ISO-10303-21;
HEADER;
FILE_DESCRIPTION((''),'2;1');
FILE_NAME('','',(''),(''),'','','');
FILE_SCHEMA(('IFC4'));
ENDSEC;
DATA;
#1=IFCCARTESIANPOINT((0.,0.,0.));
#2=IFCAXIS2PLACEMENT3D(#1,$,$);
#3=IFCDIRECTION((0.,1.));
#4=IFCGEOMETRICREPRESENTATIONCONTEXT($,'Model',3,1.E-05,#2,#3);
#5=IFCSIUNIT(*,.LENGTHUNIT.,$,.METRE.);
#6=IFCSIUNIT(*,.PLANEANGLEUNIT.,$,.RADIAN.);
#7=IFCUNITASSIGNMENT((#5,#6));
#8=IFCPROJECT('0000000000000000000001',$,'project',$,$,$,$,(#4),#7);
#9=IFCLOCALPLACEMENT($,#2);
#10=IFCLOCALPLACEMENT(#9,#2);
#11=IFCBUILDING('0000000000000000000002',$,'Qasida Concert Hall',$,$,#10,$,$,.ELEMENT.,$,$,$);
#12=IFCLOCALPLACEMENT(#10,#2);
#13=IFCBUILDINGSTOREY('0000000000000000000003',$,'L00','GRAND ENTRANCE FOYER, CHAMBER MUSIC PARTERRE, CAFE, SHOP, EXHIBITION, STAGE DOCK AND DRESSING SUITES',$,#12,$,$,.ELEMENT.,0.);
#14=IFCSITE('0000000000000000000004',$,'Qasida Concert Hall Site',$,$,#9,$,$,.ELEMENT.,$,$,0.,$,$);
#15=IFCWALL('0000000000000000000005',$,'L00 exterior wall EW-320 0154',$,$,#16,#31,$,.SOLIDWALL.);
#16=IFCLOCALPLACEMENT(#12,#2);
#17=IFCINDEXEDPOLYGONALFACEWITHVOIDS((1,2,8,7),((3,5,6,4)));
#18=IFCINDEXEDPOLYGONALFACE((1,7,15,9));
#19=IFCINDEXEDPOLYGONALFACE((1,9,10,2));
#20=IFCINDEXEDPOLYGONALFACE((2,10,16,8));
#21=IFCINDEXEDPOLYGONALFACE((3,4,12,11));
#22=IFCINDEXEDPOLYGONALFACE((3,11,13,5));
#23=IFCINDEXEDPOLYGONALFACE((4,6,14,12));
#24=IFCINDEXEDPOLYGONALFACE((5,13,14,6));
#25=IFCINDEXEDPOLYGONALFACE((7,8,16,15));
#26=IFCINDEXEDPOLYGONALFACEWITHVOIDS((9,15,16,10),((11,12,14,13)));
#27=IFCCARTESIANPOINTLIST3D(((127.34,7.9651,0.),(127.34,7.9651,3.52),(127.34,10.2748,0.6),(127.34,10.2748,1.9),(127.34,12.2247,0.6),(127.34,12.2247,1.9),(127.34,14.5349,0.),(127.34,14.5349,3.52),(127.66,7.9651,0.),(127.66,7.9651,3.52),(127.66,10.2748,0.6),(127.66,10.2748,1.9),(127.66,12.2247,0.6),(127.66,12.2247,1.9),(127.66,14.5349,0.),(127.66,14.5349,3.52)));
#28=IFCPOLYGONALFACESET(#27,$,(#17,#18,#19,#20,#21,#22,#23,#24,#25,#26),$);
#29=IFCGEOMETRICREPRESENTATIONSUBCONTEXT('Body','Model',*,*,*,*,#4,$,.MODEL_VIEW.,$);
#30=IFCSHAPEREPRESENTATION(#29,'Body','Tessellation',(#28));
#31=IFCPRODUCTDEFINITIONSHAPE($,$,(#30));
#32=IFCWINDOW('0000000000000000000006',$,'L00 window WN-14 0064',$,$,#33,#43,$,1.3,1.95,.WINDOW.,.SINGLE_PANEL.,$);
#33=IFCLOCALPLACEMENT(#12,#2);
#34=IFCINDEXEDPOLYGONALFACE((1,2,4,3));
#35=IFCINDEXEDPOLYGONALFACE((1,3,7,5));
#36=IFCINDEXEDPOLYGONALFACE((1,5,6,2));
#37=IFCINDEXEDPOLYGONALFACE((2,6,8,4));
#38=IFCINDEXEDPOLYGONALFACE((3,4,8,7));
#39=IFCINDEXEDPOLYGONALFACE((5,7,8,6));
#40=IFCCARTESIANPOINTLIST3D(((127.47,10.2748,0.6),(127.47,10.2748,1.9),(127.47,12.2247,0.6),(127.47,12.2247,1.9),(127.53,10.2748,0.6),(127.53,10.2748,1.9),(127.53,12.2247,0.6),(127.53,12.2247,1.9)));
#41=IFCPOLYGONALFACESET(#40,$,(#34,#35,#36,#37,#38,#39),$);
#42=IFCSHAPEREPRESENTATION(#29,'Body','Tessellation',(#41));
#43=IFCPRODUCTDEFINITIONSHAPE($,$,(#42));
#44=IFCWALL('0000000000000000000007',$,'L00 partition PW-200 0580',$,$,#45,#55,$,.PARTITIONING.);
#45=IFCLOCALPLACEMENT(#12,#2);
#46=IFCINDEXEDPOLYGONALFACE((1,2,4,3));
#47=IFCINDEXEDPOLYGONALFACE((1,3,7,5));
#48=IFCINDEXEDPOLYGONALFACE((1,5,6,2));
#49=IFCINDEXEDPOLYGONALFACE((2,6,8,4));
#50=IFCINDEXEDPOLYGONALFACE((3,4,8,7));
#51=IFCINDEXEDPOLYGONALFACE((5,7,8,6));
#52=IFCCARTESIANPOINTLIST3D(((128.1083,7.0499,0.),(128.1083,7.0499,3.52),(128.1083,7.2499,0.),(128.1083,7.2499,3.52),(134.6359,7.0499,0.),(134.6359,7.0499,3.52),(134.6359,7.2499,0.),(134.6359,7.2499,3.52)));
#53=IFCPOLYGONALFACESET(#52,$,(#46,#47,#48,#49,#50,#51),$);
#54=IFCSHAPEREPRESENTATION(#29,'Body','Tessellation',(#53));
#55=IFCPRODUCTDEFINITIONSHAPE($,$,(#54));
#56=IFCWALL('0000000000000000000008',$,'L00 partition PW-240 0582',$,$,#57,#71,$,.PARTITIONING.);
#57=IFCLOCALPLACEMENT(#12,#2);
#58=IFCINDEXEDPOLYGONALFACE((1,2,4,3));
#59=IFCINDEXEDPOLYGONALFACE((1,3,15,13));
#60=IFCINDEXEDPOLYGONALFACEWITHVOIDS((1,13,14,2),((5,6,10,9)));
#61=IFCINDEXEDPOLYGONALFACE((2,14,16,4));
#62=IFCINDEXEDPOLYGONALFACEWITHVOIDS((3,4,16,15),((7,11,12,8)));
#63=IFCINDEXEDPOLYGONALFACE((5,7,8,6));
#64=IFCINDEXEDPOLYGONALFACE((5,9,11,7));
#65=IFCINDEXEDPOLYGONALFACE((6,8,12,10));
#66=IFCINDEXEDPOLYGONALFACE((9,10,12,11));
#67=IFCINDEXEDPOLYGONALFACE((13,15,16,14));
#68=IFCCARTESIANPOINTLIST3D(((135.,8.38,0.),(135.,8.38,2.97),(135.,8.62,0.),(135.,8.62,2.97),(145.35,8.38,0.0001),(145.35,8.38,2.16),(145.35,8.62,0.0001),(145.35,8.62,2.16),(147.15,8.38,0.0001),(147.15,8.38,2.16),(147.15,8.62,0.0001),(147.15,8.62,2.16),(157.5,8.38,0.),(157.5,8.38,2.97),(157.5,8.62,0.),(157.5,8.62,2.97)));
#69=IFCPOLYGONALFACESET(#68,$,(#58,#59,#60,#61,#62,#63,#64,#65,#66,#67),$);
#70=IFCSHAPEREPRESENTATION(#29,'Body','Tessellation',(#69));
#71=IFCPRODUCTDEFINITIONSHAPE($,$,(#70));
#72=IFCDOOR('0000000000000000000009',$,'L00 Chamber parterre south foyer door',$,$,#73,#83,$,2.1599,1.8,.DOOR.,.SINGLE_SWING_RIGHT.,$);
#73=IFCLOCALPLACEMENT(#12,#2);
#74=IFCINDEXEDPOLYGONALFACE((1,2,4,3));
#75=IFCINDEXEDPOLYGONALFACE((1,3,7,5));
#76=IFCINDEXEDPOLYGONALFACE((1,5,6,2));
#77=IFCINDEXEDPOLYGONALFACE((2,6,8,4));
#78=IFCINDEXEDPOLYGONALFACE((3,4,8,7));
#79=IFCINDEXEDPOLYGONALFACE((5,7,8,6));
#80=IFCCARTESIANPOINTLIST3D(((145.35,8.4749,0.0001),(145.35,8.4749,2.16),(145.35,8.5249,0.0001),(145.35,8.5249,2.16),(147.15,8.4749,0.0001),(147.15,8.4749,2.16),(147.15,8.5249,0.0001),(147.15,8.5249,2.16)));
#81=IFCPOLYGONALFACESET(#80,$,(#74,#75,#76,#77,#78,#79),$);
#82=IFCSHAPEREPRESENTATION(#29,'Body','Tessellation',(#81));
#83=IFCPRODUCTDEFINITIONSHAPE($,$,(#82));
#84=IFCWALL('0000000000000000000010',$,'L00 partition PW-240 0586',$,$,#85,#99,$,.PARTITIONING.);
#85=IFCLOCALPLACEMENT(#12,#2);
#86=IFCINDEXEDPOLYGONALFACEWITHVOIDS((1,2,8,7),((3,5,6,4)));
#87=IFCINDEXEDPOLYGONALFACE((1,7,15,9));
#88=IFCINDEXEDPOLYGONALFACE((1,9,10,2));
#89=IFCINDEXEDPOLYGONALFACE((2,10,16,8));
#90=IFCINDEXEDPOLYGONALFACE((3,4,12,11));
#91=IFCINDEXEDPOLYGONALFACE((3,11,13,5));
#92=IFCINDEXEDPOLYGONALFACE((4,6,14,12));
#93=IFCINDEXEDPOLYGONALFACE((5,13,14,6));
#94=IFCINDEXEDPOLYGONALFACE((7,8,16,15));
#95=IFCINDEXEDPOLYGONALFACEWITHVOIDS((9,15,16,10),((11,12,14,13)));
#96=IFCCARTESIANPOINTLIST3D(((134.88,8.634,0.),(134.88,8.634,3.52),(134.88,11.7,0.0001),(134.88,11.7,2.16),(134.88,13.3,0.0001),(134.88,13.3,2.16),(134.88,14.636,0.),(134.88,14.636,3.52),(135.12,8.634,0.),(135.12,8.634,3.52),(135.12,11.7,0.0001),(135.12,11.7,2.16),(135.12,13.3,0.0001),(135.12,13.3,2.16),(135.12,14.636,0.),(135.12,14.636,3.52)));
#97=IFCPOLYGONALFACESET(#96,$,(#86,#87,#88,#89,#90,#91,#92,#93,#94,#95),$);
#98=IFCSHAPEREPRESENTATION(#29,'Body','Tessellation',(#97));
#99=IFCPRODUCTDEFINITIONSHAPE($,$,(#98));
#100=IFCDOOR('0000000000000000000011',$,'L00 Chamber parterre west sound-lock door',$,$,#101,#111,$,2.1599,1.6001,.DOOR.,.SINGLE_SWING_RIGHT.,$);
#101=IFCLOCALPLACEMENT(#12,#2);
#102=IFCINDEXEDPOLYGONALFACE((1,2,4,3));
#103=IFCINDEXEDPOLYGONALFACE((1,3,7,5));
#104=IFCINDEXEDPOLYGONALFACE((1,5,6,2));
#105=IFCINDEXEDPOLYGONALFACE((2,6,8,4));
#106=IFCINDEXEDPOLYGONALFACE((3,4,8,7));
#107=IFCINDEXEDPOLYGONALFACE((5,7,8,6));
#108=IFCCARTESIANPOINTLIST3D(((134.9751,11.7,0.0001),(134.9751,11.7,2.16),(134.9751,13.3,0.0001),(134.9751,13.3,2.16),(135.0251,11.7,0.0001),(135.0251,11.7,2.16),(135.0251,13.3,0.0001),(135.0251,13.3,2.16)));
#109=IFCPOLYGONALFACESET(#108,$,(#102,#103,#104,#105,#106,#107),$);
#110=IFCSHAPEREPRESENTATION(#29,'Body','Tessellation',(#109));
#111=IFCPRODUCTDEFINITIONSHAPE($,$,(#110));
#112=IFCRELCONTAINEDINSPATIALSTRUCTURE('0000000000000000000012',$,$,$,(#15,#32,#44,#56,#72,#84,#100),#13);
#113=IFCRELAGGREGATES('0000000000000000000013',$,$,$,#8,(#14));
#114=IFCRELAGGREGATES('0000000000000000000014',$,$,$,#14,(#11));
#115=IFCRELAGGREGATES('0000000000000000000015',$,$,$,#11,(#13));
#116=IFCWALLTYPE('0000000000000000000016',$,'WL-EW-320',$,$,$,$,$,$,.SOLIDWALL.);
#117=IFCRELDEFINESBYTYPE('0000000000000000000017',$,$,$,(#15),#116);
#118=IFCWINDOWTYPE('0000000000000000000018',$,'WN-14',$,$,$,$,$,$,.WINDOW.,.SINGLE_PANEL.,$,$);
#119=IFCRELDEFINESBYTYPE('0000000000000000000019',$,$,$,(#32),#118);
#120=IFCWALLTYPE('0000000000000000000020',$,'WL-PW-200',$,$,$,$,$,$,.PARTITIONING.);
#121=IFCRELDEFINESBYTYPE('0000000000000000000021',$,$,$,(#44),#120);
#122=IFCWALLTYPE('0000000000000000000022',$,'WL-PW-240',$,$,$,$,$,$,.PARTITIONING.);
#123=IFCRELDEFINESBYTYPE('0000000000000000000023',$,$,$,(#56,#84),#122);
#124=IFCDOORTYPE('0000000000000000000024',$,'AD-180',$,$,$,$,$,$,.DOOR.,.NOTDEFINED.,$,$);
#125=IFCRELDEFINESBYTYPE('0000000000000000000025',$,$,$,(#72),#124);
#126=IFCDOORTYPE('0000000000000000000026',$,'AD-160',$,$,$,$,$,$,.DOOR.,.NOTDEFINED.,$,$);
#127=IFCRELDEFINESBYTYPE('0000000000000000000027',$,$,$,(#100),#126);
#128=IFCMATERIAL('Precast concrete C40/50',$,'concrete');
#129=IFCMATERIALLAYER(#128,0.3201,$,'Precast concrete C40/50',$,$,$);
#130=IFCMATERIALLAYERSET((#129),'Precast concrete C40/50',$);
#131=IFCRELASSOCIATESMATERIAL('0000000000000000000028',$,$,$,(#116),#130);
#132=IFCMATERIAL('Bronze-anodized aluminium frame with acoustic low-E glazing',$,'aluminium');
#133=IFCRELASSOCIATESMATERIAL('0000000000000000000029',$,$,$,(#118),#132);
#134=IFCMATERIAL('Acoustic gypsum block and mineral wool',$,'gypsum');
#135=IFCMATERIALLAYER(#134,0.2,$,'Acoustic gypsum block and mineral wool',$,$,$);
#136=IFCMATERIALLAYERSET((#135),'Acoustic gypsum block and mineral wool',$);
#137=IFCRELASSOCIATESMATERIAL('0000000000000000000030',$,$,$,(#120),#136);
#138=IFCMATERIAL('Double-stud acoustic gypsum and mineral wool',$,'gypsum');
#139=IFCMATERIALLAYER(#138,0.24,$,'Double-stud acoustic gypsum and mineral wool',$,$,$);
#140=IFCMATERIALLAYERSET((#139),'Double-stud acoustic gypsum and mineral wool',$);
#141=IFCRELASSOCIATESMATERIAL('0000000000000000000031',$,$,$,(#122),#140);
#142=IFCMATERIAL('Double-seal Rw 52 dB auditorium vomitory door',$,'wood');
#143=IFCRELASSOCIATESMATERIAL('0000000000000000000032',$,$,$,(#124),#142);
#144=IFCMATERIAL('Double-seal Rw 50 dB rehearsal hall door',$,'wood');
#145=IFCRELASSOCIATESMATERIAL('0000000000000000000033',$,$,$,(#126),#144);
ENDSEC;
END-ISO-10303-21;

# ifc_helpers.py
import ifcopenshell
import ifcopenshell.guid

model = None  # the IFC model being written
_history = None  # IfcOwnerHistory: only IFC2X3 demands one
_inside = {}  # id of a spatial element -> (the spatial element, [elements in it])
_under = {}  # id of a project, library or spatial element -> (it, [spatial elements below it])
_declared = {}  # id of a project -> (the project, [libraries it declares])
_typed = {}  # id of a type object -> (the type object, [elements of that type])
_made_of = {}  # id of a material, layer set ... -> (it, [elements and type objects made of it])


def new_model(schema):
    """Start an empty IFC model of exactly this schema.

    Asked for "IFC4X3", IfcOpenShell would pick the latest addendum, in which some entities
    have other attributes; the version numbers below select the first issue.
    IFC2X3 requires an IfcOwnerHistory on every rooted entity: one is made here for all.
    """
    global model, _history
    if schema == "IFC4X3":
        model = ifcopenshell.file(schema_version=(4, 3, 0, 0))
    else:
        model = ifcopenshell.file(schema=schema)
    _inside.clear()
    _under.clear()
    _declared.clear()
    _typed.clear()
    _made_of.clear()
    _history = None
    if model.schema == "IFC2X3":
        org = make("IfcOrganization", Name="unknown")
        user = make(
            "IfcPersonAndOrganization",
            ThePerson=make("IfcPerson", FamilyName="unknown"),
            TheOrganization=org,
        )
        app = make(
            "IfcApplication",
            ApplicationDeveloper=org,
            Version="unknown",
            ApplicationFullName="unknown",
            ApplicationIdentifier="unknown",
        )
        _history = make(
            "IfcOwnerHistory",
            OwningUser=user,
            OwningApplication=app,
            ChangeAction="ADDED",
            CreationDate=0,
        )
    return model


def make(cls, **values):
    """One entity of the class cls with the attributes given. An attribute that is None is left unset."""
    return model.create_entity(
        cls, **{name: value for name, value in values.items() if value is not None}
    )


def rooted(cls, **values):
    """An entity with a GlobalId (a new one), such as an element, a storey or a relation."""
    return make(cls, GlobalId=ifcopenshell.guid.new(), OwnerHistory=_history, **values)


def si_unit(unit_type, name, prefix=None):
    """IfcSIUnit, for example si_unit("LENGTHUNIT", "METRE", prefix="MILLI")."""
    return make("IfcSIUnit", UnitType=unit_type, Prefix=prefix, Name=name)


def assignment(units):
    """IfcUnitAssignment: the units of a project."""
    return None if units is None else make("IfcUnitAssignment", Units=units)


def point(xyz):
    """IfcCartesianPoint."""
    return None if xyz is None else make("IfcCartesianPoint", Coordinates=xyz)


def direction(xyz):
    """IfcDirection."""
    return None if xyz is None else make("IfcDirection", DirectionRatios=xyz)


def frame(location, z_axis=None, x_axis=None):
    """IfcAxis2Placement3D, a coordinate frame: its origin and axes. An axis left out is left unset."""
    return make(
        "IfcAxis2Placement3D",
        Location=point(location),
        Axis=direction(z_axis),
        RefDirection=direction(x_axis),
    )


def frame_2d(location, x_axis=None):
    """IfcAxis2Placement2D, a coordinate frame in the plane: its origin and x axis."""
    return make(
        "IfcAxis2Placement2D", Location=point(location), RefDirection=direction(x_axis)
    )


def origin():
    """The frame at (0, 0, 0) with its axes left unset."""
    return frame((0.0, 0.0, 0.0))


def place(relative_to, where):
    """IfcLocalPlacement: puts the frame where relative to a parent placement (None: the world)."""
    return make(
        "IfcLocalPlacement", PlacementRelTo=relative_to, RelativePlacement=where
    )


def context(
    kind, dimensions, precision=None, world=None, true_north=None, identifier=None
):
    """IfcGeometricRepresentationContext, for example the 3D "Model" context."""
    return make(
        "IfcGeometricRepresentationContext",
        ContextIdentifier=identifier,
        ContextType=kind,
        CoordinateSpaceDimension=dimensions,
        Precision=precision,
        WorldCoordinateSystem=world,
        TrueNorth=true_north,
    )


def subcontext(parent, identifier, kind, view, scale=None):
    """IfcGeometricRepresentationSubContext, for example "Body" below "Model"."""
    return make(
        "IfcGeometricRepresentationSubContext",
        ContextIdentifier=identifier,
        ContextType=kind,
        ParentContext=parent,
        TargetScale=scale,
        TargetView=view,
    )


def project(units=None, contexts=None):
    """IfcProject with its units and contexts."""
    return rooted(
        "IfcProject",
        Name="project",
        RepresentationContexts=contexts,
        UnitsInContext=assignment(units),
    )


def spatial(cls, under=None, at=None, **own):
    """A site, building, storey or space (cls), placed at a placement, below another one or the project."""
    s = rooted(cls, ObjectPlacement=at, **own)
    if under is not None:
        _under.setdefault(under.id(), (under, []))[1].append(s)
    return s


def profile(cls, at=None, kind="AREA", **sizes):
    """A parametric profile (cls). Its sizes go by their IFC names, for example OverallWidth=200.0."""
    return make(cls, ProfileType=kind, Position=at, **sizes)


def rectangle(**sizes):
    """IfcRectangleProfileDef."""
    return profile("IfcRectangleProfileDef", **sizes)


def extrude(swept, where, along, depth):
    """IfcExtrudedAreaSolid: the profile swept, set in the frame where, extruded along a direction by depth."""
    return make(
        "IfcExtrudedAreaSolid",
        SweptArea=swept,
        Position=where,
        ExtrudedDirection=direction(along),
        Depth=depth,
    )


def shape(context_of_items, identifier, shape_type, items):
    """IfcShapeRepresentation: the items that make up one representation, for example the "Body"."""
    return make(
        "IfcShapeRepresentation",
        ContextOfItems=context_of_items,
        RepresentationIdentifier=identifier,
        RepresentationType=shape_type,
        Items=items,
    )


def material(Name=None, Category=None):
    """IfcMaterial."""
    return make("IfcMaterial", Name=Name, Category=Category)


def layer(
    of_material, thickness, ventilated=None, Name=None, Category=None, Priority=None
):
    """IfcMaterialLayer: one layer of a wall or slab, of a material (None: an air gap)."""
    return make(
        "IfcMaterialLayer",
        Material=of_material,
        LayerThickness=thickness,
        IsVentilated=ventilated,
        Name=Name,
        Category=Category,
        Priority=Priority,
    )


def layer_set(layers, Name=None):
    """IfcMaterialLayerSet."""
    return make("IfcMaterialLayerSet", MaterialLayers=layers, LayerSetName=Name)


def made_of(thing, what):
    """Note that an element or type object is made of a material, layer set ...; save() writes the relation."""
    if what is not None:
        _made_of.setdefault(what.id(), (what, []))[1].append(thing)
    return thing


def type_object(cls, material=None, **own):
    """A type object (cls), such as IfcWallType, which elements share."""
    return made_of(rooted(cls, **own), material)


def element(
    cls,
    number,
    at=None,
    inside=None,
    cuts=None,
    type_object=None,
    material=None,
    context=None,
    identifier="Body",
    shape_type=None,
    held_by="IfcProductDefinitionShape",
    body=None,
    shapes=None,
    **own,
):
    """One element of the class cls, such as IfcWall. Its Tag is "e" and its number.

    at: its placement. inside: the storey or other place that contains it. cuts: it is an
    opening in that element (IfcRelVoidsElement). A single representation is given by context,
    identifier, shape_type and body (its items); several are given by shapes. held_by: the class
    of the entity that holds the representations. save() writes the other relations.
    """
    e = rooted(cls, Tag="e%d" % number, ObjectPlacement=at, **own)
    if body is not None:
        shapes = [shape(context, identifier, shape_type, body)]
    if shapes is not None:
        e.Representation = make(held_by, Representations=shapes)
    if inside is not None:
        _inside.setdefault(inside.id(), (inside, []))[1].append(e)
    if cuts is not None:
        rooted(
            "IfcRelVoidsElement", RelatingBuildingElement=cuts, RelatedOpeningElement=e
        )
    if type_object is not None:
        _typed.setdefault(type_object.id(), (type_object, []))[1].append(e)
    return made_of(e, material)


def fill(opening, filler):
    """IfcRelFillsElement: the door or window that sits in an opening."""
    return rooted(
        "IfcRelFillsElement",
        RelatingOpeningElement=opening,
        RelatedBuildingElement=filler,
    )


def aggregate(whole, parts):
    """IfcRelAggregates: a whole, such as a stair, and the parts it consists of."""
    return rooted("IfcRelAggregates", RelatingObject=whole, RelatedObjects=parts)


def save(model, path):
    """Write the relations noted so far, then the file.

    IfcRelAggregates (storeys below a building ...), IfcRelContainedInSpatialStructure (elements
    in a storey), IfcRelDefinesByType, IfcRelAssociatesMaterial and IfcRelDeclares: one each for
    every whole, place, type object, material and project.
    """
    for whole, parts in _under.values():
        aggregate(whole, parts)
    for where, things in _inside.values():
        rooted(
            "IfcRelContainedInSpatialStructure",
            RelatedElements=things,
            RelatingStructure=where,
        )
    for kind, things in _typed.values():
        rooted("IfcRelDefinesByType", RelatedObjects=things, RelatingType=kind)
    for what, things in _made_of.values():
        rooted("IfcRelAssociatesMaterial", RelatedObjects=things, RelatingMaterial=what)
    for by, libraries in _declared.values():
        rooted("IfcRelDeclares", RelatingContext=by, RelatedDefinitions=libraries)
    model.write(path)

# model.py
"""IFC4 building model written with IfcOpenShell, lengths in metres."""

from ifc_helpers import new_model, si_unit, direction, frame, frame_2d, origin, place, context, subcontext, project, spatial, rectangle, extrude, material, layer, layer_set, type_object, element, fill, save


model = new_model("IFC4")

# Units and contexts
model_context = context("Model", 3, precision=1e-05, world=origin(), true_north=direction((0.0, 1.0)))
body_context = subcontext(model_context, "Body", "Model", "MODEL_VIEW")
ifc_project = project(units=[si_unit("LENGTHUNIT", "METRE"), si_unit("PLANEANGLEUNIT", "RADIAN")], contexts=[model_context])

# Site, building, storey
site_placement = place(None, origin())
site = spatial("IfcSite", under=ifc_project, at=site_placement, Name="Qasida Concert Hall Site", CompositionType="ELEMENT", RefElevation=0.0)
building_placement = place(site_placement, origin())
building = spatial("IfcBuilding", under=site, at=building_placement, Name="Qasida Concert Hall", CompositionType="ELEMENT")
storey_placement = place(building_placement, origin())
storey = spatial("IfcBuildingStorey", under=building, at=storey_placement, Name="L00", Description="GRAND ENTRANCE FOYER, CHAMBER MUSIC PARTERRE, CAFE, SHOP, EXHIBITION, STAGE DOCK AND DRESSING SUITES", CompositionType="ELEMENT", Elevation=0.0)

# Wall, opening, window
ifc_material_1 = material(Name="Precast concrete C40/50", Category="concrete")
ifc_layer_1 = layer(ifc_material_1, 0.3201, Name="Precast concrete C40/50")
ifc_layer_set_1 = layer_set([ifc_layer_1], Name="Precast concrete C40/50")
wall_type_1 = type_object("IfcWallType", Name="WL-EW-320", PredefinedType="SOLIDWALL", material=ifc_layer_set_1)
wall_1_placement = place(storey_placement, frame((127.5, 14.5349, 0.0), z_axis=(0.0, 0.0, 1.0), x_axis=(0.0, -1.0, 0.0)))
wall_1 = element("IfcWall", 1, at=wall_1_placement, inside=storey, type_object=wall_type_1, Name="L00 exterior wall EW-320 0154", PredefinedType="SOLIDWALL", context=body_context, shape_type="SweptSolid", body=[
    extrude(rectangle(XDim=6.5698, YDim=0.3201, at=frame_2d((3.2849, 0.0))), origin(), (0.0, 0.0, 1.0), 3.52),
])
opening_1_placement = place(wall_1_placement, frame((2.3101, 0.0, 0.6001)))
opening_1 = element("IfcOpeningElement", 2, at=opening_1_placement, cuts=wall_1, PredefinedType="OPENING", context=body_context, shape_type="SweptSolid", body=[
    extrude(rectangle(XDim=1.95, YDim=1.3, at=frame_2d((0.9751, 0.6499))), frame((0.0, 0.1699, 0.0), z_axis=(0.0, -1.0, 0.0), x_axis=(1.0, 0.0, 0.0)), (0.0, 0.0, 1.0), 0.3401),
])
ifc_material_2 = material(Name="Bronze-anodized aluminium frame with acoustic low-E glazing", Category="aluminium")
window_type = type_object("IfcWindowType", Name="WN-14", PartitioningType="SINGLE_PANEL", PredefinedType="WINDOW", material=ifc_material_2)
window_placement = place(opening_1_placement, origin())
window = element("IfcWindow", 3, at=window_placement, inside=storey, type_object=window_type, Name="L00 window WN-14 0064", OverallHeight=1.3, OverallWidth=1.95, PartitioningType="SINGLE_PANEL", PredefinedType="WINDOW", context=body_context, shape_type="SweptSolid", body=[
    extrude(rectangle(XDim=1.95, YDim=1.3, at=frame_2d((0.9751, 0.6499))), frame((0.0, 0.03, 0.0), z_axis=(0.0, -1.0, 0.0), x_axis=(1.0, 0.0, 0.0)), (0.0, 0.0, 1.0), 0.0601),
])
fill(opening_1, window)

# Wall
ifc_material_3 = material(Name="Acoustic gypsum block and mineral wool", Category="gypsum")
ifc_layer_2 = layer(ifc_material_3, 0.2, Name="Acoustic gypsum block and mineral wool")
ifc_layer_set_2 = layer_set([ifc_layer_2], Name="Acoustic gypsum block and mineral wool")
wall_type_2 = type_object("IfcWallType", Name="WL-PW-200", PredefinedType="PARTITIONING", material=ifc_layer_set_2)
wall_2_placement = place(storey_placement, frame((128.1084, 7.1499, 0.0), z_axis=(0.0, 0.0, 1.0), x_axis=(1.0, 0.0, 0.0)))
element("IfcWall", 4, at=wall_2_placement, inside=storey, type_object=wall_type_2, Name="L00 partition PW-200 0580", PredefinedType="PARTITIONING", context=body_context, shape_type="SweptSolid", body=[
    extrude(rectangle(XDim=6.5276, YDim=0.2, at=frame_2d((3.2637, 0.0))), origin(), (0.0, 0.0, 1.0), 3.52),
])

# Walls, openings, doors
ifc_material_4 = material(Name="Double-stud acoustic gypsum and mineral wool", Category="gypsum")
ifc_layer_3 = layer(ifc_material_4, 0.24, Name="Double-stud acoustic gypsum and mineral wool")
ifc_layer_set_3 = layer_set([ifc_layer_3], Name="Double-stud acoustic gypsum and mineral wool")
wall_type_3 = type_object("IfcWallType", Name="WL-PW-240", PredefinedType="PARTITIONING", material=ifc_layer_set_3)
wall_3_placement = place(storey_placement, frame((135.0, 8.5, 0.0), z_axis=(0.0, 0.0, 1.0), x_axis=(1.0, 0.0, 0.0)))
wall_3 = element("IfcWall", 5, at=wall_3_placement, inside=storey, type_object=wall_type_3, Name="L00 partition PW-240 0582", PredefinedType="PARTITIONING", context=body_context, shape_type="SweptSolid", body=[
    extrude(rectangle(XDim=22.5, YDim=0.24, at=frame_2d((11.25, 0.0))), origin(), (0.0, 0.0, 1.0), 2.97),
])
opening_2_placement = place(wall_3_placement, frame((10.3501, 0.0, 0.0)))
opening_2 = element("IfcOpeningElement", 6, at=opening_2_placement, cuts=wall_3, PredefinedType="OPENING", context=body_context, shape_type="SweptSolid", body=[
    extrude(rectangle(XDim=1.8, YDim=2.1599, at=frame_2d((0.8999, 1.0801))), frame((0.0, 0.1299, 0.0), z_axis=(0.0, -1.0, 0.0), x_axis=(1.0, 0.0, 0.0)), (0.0, 0.0, 1.0), 0.26),
])
ifc_material_5 = material(Name="Double-seal Rw 52 dB auditorium vomitory door", Category="wood")
door_type_1 = type_object("IfcDoorType", Name="AD-180", OperationType="NOTDEFINED", PredefinedType="DOOR", material=ifc_material_5)
door_1_placement = place(opening_2_placement, origin())
door_1 = element("IfcDoor", 7, at=door_1_placement, inside=storey, type_object=door_type_1, Name="L00 Chamber parterre south foyer door", OperationType="SINGLE_SWING_RIGHT", OverallHeight=2.1599, OverallWidth=1.8, PredefinedType="DOOR", context=body_context, shape_type="SweptSolid", body=[
    extrude(rectangle(XDim=1.8, YDim=2.1599, at=frame_2d((0.8999, 1.0801))), frame((0.0, 0.0249, 0.0), z_axis=(0.0, -1.0, 0.0), x_axis=(1.0, 0.0, 0.0)), (0.0, 0.0, 1.0), 0.05),
])
fill(opening_2, door_1)
wall_4_placement = place(storey_placement, frame((135.0, 8.634, 0.0), z_axis=(0.0, 0.0, 1.0), x_axis=(0.0, 1.0, 0.0)))
wall_4 = element("IfcWall", 8, at=wall_4_placement, inside=storey, type_object=wall_type_3, Name="L00 partition PW-240 0586", PredefinedType="PARTITIONING", context=body_context, shape_type="SweptSolid", body=[
    extrude(rectangle(XDim=6.002, YDim=0.24, at=frame_2d((3.001, 0.0))), origin(), (0.0, 0.0, 1.0), 3.52),
])
opening_3_placement = place(wall_4_placement, frame((3.0659, 0.0, 0.0)))
opening_3 = element("IfcOpeningElement", 9, at=opening_3_placement, cuts=wall_4, PredefinedType="OPENING", context=body_context, shape_type="SweptSolid", body=[
    extrude(rectangle(XDim=1.6001, YDim=2.1599, at=frame_2d((0.8, 1.0801))), frame((0.0, 0.1299, 0.0), z_axis=(0.0, -1.0, 0.0), x_axis=(1.0, 0.0, 0.0)), (0.0, 0.0, 1.0), 0.26),
])
ifc_material_6 = material(Name="Double-seal Rw 50 dB rehearsal hall door", Category="wood")
door_type_2 = type_object("IfcDoorType", Name="AD-160", OperationType="NOTDEFINED", PredefinedType="DOOR", material=ifc_material_6)
door_2_placement = place(opening_3_placement, origin())
door_2 = element("IfcDoor", 10, at=door_2_placement, inside=storey, type_object=door_type_2, Name="L00 Chamber parterre west sound-lock door", OperationType="SINGLE_SWING_RIGHT", OverallHeight=2.1599, OverallWidth=1.6001, PredefinedType="DOOR", context=body_context, shape_type="SweptSolid", body=[
    extrude(rectangle(XDim=1.6001, YDim=2.1599, at=frame_2d((0.8, 1.0801))), frame((0.0, 0.0249, 0.0), z_axis=(0.0, -1.0, 0.0), x_axis=(1.0, 0.0, 0.0)), (0.0, 0.0, 1.0), 0.05),
])
fill(opening_3, door_2)

save(model, "model.ifc")
